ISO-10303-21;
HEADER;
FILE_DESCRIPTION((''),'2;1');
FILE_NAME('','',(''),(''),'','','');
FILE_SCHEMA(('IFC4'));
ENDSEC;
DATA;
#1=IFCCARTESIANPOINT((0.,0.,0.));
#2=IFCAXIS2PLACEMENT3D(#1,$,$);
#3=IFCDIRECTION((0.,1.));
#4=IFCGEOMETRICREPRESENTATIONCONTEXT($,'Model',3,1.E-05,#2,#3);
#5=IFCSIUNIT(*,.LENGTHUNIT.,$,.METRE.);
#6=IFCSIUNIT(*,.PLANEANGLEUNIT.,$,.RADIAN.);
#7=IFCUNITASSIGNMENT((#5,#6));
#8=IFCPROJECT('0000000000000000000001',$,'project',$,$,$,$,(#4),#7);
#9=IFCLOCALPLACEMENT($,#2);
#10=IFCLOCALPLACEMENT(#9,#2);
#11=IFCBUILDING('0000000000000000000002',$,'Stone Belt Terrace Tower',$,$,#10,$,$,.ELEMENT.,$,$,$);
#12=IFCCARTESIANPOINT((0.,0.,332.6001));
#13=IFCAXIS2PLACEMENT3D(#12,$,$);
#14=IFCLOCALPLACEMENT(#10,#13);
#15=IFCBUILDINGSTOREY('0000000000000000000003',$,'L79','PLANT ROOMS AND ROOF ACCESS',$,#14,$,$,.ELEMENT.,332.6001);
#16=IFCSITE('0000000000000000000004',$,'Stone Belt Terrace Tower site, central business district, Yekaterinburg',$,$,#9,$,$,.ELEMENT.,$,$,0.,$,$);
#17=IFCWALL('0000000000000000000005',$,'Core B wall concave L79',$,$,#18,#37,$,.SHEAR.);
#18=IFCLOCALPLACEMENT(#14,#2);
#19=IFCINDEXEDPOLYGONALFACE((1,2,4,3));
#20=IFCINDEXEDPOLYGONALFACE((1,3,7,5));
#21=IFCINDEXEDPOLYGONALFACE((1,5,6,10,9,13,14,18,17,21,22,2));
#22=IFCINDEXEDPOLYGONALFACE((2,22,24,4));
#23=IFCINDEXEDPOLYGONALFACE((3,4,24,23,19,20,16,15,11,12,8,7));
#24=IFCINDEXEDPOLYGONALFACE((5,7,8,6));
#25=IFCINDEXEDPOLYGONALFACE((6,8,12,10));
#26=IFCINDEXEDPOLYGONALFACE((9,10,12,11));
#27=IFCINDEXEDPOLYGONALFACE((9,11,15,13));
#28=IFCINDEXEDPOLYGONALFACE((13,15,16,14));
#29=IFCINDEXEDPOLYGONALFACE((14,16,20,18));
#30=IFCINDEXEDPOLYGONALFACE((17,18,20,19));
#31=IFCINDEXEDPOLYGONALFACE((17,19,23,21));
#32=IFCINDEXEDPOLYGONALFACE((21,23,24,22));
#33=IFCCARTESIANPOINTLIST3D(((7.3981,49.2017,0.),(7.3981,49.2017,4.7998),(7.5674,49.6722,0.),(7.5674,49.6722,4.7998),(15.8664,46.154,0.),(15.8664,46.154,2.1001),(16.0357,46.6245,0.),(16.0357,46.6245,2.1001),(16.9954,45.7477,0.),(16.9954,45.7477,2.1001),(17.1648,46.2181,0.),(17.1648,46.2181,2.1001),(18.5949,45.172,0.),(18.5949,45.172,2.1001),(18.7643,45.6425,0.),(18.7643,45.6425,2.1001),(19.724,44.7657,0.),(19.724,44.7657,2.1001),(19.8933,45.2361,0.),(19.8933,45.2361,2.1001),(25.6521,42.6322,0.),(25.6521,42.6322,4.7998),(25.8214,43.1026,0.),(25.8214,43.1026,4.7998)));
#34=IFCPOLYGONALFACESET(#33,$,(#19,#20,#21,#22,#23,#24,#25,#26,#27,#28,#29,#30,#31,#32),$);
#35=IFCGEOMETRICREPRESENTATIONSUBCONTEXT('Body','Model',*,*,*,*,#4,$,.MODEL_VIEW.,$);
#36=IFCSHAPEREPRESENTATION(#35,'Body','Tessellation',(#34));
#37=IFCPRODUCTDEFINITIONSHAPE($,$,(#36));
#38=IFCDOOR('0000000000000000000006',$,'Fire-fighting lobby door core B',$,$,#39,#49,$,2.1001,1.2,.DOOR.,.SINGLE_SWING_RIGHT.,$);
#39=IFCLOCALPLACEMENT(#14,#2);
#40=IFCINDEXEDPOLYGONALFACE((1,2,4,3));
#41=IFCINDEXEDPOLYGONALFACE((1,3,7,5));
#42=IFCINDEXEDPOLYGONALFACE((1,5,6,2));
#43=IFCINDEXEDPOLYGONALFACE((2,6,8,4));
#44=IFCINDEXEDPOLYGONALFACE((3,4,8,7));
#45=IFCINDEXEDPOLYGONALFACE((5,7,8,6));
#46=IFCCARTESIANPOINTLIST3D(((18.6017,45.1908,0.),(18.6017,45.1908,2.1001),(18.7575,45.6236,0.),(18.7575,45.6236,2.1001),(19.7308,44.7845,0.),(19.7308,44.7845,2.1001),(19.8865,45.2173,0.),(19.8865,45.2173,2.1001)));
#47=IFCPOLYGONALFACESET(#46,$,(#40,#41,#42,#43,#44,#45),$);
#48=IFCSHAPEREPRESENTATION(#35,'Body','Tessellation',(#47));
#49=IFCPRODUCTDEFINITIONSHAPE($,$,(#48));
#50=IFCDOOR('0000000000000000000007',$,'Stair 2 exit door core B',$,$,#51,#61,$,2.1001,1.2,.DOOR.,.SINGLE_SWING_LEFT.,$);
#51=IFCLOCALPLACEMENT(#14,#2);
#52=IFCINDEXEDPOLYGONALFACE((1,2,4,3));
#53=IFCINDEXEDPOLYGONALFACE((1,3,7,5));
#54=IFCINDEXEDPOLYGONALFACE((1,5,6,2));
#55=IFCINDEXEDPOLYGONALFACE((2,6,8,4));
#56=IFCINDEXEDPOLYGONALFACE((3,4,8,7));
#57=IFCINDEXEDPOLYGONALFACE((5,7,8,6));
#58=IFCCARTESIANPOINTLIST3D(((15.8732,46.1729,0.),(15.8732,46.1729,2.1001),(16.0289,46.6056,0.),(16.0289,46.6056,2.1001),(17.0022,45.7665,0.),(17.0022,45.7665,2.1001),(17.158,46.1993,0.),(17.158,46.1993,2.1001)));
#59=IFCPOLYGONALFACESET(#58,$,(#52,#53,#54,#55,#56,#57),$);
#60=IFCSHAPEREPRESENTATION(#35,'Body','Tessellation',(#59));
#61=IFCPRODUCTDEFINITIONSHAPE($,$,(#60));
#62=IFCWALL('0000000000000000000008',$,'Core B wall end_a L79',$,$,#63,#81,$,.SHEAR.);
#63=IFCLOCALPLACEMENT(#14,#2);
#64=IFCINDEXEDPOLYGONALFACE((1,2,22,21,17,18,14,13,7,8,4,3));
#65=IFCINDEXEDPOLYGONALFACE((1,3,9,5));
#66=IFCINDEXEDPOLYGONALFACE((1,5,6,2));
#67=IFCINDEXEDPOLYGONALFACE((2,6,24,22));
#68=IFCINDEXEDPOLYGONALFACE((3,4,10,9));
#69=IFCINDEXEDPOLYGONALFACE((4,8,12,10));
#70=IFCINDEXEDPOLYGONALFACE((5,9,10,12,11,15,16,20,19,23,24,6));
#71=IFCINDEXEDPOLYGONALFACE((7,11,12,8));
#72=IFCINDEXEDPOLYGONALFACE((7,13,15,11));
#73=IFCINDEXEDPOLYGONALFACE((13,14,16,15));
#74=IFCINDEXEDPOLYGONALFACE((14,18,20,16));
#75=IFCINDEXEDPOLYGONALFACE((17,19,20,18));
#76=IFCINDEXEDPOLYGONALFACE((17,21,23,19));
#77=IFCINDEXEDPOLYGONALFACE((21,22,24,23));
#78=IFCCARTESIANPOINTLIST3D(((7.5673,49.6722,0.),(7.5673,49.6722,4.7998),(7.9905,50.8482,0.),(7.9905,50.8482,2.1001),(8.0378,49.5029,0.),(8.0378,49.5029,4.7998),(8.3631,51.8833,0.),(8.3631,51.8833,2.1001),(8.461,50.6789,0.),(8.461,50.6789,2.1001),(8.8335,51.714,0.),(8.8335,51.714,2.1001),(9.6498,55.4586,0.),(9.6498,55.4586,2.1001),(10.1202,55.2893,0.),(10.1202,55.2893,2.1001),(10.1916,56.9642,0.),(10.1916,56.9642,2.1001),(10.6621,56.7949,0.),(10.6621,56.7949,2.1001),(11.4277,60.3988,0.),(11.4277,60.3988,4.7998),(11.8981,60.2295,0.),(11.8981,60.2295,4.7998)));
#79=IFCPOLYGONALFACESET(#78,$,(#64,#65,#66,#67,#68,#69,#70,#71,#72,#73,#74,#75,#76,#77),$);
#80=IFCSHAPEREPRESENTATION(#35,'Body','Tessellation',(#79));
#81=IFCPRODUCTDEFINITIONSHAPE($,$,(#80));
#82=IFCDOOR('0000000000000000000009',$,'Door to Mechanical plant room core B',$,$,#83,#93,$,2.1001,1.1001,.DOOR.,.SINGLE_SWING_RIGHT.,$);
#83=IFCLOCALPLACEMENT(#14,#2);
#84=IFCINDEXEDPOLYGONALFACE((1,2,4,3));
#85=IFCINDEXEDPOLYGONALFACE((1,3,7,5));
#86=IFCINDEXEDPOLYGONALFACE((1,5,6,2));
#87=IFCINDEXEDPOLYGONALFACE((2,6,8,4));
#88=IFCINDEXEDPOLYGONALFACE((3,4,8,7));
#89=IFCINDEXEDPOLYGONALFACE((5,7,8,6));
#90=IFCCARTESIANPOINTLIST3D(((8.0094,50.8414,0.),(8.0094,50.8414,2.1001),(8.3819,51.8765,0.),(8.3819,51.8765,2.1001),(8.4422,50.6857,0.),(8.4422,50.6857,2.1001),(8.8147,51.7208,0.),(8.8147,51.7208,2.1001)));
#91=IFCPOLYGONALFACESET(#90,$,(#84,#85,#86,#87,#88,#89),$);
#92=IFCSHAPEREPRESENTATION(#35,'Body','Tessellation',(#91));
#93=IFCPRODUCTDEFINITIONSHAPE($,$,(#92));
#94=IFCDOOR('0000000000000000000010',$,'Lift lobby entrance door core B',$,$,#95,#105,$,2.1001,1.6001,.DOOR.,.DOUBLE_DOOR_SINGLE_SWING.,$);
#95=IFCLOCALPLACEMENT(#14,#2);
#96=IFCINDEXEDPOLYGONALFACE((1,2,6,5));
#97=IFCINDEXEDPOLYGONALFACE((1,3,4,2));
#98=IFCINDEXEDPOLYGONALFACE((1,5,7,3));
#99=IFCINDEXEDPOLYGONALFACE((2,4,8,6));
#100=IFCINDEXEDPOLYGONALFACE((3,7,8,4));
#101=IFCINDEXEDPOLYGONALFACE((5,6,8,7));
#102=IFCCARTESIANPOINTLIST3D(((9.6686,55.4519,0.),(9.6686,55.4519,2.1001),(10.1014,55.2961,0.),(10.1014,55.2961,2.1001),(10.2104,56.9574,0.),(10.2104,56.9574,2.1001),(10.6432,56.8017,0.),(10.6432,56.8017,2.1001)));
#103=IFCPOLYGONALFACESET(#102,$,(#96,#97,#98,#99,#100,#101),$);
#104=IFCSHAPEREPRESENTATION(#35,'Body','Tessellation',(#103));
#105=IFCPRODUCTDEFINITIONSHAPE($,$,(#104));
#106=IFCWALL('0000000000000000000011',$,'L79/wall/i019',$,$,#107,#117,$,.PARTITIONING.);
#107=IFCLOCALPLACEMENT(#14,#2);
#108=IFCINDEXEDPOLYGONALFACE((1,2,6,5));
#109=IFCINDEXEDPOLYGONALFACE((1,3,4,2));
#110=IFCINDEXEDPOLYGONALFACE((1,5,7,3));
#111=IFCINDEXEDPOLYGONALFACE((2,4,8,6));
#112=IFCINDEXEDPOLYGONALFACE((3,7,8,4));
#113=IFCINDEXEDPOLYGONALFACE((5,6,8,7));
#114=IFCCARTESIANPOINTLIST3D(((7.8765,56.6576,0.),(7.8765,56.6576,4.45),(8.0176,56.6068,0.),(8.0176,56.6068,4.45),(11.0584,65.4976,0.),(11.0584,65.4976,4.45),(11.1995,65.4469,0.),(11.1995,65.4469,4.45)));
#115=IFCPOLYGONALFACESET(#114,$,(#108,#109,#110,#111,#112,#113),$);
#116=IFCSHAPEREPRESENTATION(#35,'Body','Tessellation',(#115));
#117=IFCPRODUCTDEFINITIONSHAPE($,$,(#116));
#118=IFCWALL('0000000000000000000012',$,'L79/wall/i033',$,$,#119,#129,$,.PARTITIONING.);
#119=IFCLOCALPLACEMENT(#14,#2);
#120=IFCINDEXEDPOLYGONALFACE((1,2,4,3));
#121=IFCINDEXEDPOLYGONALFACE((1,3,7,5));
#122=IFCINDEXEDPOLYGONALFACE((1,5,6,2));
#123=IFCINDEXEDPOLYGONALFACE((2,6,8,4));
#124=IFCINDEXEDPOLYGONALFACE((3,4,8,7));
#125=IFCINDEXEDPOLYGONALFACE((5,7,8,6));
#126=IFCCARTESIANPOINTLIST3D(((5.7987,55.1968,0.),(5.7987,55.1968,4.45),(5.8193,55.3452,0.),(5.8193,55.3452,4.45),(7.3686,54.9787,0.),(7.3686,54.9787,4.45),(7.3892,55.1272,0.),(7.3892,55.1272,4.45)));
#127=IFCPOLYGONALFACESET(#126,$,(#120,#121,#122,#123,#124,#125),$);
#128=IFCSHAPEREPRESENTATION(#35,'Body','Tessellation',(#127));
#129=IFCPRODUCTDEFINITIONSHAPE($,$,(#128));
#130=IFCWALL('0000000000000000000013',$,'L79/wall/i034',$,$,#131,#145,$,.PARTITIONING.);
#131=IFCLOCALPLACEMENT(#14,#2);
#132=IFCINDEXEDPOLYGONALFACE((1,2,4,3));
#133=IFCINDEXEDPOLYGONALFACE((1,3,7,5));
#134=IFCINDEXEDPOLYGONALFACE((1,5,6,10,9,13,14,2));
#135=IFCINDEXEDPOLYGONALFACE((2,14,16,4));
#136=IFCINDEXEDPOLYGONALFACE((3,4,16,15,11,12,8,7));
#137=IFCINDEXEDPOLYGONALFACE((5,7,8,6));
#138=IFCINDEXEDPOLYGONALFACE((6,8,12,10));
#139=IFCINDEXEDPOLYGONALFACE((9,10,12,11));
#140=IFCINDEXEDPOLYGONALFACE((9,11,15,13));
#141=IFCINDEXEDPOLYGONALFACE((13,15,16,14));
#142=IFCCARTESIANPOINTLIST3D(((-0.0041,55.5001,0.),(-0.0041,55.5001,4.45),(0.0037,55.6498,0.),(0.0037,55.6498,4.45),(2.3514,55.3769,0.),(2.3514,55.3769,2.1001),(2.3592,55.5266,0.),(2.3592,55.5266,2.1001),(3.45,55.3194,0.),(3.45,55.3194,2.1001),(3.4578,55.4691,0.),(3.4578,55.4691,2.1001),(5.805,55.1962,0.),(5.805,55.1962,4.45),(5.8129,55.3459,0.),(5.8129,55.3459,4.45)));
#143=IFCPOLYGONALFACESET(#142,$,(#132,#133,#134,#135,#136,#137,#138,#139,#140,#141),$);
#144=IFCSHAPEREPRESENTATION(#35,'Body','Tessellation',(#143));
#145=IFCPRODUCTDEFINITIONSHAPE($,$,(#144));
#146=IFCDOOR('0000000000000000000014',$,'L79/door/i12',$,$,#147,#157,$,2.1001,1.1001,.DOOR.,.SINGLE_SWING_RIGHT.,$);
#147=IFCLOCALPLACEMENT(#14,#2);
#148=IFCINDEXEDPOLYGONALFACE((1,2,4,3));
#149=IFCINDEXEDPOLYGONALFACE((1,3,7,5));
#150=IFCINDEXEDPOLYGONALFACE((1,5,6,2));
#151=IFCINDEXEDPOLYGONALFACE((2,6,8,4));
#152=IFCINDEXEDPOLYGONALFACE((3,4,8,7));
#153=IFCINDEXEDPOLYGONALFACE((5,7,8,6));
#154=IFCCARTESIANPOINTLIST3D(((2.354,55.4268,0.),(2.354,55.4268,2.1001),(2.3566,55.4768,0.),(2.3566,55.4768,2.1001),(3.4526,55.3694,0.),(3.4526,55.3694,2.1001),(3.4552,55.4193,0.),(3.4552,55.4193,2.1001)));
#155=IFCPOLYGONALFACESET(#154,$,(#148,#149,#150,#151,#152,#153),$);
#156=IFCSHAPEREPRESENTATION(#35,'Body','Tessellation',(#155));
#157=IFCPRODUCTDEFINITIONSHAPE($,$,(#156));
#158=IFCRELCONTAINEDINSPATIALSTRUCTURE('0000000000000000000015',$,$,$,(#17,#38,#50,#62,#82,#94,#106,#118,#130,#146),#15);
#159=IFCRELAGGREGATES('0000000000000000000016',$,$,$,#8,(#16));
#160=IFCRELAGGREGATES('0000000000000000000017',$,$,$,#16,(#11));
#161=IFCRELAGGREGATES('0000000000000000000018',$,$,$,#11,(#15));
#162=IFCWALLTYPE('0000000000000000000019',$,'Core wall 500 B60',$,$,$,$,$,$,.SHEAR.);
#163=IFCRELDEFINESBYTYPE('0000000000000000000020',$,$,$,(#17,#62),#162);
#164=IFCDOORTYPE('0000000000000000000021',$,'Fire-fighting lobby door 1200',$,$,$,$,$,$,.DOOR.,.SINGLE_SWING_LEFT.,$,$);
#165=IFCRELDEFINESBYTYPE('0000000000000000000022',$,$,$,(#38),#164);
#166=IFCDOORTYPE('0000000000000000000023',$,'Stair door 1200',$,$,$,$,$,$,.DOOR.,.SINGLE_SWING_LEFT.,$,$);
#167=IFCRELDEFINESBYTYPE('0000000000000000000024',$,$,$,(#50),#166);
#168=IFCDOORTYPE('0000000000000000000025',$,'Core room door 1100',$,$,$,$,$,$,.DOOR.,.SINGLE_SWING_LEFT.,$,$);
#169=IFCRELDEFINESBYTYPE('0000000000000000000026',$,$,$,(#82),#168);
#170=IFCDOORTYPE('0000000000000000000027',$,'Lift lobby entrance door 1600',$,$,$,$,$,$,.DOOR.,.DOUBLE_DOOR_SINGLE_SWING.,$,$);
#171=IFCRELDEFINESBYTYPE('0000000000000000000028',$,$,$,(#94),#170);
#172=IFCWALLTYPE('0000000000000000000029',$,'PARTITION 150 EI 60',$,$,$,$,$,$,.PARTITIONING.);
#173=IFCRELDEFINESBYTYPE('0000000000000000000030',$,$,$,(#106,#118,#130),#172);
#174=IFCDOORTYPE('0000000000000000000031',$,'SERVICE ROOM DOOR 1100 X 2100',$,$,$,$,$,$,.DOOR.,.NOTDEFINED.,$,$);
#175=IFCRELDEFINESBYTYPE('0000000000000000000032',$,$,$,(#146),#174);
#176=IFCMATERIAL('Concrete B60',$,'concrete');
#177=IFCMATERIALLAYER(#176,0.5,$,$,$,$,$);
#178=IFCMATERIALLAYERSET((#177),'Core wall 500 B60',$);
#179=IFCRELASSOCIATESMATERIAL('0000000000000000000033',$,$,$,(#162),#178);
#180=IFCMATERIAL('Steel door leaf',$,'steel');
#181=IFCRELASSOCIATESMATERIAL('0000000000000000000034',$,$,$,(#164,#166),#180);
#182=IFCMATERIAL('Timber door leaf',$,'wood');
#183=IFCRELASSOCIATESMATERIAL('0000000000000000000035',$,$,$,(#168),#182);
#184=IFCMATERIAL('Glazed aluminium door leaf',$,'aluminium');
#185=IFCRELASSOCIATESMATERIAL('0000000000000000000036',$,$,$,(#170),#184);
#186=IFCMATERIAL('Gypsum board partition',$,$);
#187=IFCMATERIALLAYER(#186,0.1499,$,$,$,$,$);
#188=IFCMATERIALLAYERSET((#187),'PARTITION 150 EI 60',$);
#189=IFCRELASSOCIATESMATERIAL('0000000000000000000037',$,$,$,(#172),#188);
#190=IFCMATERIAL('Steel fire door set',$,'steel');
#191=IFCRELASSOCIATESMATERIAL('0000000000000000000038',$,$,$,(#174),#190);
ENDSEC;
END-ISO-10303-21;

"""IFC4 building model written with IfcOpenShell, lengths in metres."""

from ifc_helpers import new_model, si_unit, direction, frame, frame_2d, origin, place, context, subcontext, project, spatial, rectangle, extrude, material, layer, layer_set, type_object, element, fill, save


model = new_model("IFC4")

# Units and contexts
model_context = context("Model", 3, precision=1e-05, world=origin(), true_north=direction((0.0, 1.0)))
body_context = subcontext(model_context, "Body", "Model", "MODEL_VIEW")
ifc_project = project(units=[si_unit("LENGTHUNIT", "METRE"), si_unit("PLANEANGLEUNIT", "RADIAN")], contexts=[model_context])

# Site, building, storey
site_placement = place(None, origin())
site = spatial("IfcSite", under=ifc_project, at=site_placement, Name="Stone Belt Terrace Tower site, central business district, Yekaterinburg", CompositionType="ELEMENT", RefElevation=0.0)
building_placement = place(site_placement, origin())
building = spatial("IfcBuilding", under=site, at=building_placement, Name="Stone Belt Terrace Tower", CompositionType="ELEMENT")
storey_placement = place(building_placement, frame((0.0, 0.0, 332.6001)))
storey = spatial("IfcBuildingStorey", under=building, at=storey_placement, Name="L79", Description="PLANT ROOMS AND ROOF ACCESS", CompositionType="ELEMENT", Elevation=332.6001)

# Shared definitions
ifc_material_1 = material(Name="Concrete B60", Category="concrete")

# Walls, openings, doors
ifc_layer_1 = layer(ifc_material_1, 0.5)
ifc_layer_set_1 = layer_set([ifc_layer_1], Name="Core wall 500 B60")
wall_type_1 = type_object("IfcWallType", Name="Core wall 500 B60", PredefinedType="SHEAR", material=ifc_layer_set_1)
wall_1_placement = place(storey_placement, frame((7.4827, 49.437, 0.0), z_axis=(0.0, 0.0, 1.0), x_axis=(0.940917, -0.338636, 0.0)))
wall_1 = element("IfcWall", 1, at=wall_1_placement, inside=storey, type_object=wall_type_1, Name="Core B wall concave L79", PredefinedType="SHEAR", context=body_context, shape_type="SweptSolid", body=[
    extrude(rectangle(XDim=19.4001, YDim=0.5, at=frame_2d((9.7002, 0.0))), origin(), (0.0, 0.0, 1.0), 4.7998),
])
opening_1_placement = place(wall_1_placement, frame((11.8999, 0.0, 0.0)))
opening_1 = element("IfcOpeningElement", 2, at=opening_1_placement, cuts=wall_1, PredefinedType="OPENING", context=body_context, shape_type="SweptSolid", body=[
    extrude(rectangle(XDim=1.2, YDim=2.1001, at=frame_2d((0.6001, 1.05))), frame((0.0, 0.26, 0.0), z_axis=(0.0, -1.0, 0.0), x_axis=(1.0, 0.0, 0.0)), (0.0, 0.0, 1.0), 0.52),
])
opening_2_placement = place(wall_1_placement, frame((9.0, 0.0, 0.0)))
opening_2 = element("IfcOpeningElement", 3, at=opening_2_placement, cuts=wall_1, PredefinedType="OPENING", context=body_context, shape_type="SweptSolid", body=[
    extrude(rectangle(XDim=1.2, YDim=2.1001, at=frame_2d((0.6001, 1.05))), frame((0.0, 0.26, 0.0), z_axis=(0.0, -1.0, 0.0), x_axis=(1.0, 0.0, 0.0)), (0.0, 0.0, 1.0), 0.52),
])
ifc_material_2 = material(Name="Steel door leaf", Category="steel")
door_type_1 = type_object("IfcDoorType", Name="Fire-fighting lobby door 1200", OperationType="SINGLE_SWING_LEFT", PredefinedType="DOOR", material=ifc_material_2)
door_1_placement = place(opening_1_placement, origin())
door_1 = element("IfcDoor", 4, at=door_1_placement, inside=storey, type_object=door_type_1, Name="Fire-fighting lobby door core B", OperationType="SINGLE_SWING_RIGHT", OverallHeight=2.1001, OverallWidth=1.2, PredefinedType="DOOR", context=body_context, shape_type="SweptSolid", body=[
    extrude(rectangle(XDim=1.2, YDim=2.1001, at=frame_2d((0.6001, 1.05))), frame((0.0, 0.23, 0.0), z_axis=(0.0, -1.0, 0.0), x_axis=(1.0, 0.0, 0.0)), (0.0, 0.0, 1.0), 0.46),
])
fill(opening_1, door_1)
door_type_2 = type_object("IfcDoorType", Name="Stair door 1200", OperationType="SINGLE_SWING_LEFT", PredefinedType="DOOR", material=ifc_material_2)
door_2_placement = place(opening_2_placement, origin())
door_2 = element("IfcDoor", 5, at=door_2_placement, inside=storey, type_object=door_type_2, Name="Stair 2 exit door core B", OperationType="SINGLE_SWING_LEFT", OverallHeight=2.1001, OverallWidth=1.2, PredefinedType="DOOR", context=body_context, shape_type="SweptSolid", body=[
    extrude(rectangle(XDim=1.2, YDim=2.1001, at=frame_2d((0.6001, 1.05))), frame((0.0, 0.23, 0.0), z_axis=(0.0, -1.0, 0.0), x_axis=(1.0, 0.0, 0.0)), (0.0, 0.0, 1.0), 0.46),
])
fill(opening_2, door_2)
wall_2_placement = place(storey_placement, frame((7.8025, 49.5874, 0.0), z_axis=(0.0, 0.0, 1.0), x_axis=(0.338625, 0.940921, 0.0)))
wall_2 = element("IfcWall", 6, at=wall_2_placement, inside=storey, type_object=wall_type_1, Name="Core B wall end_a L79", PredefinedType="SHEAR", context=body_context, shape_type="SweptSolid", body=[
    extrude(rectangle(XDim=11.4001, YDim=0.5, at=frame_2d((5.7002, 0.0))), origin(), (0.0, 0.0, 1.0), 4.7998),
])
opening_3_placement = place(wall_2_placement, frame((6.1499, 0.0, 0.0)))
opening_3 = element("IfcOpeningElement", 7, at=opening_3_placement, cuts=wall_2, PredefinedType="OPENING", context=body_context, shape_type="SweptSolid", body=[
    extrude(rectangle(XDim=1.6001, YDim=2.1001, at=frame_2d((0.8, 1.05))), frame((0.0, 0.26, 0.0), z_axis=(0.0, -1.0, 0.0), x_axis=(1.0, 0.0, 0.0)), (0.0, 0.0, 1.0), 0.52),
])
opening_4_placement = place(wall_2_placement, frame((1.25, 0.0, 0.0)))
opening_4 = element("IfcOpeningElement", 8, at=opening_4_placement, cuts=wall_2, PredefinedType="OPENING", context=body_context, shape_type="SweptSolid", body=[
    extrude(rectangle(XDim=1.1001, YDim=2.1001, at=frame_2d((0.55, 1.05))), frame((0.0, 0.26, 0.0), z_axis=(0.0, -1.0, 0.0), x_axis=(1.0, 0.0, 0.0)), (0.0, 0.0, 1.0), 0.52),
])
ifc_material_3 = material(Name="Timber door leaf", Category="wood")
door_type_3 = type_object("IfcDoorType", Name="Core room door 1100", OperationType="SINGLE_SWING_LEFT", PredefinedType="DOOR", material=ifc_material_3)
door_3_placement = place(opening_4_placement, origin())
door_3 = element("IfcDoor", 9, at=door_3_placement, inside=storey, type_object=door_type_3, Name="Door to Mechanical plant room core B", OperationType="SINGLE_SWING_RIGHT", OverallHeight=2.1001, OverallWidth=1.1001, PredefinedType="DOOR", context=body_context, shape_type="SweptSolid", body=[
    extrude(rectangle(XDim=1.1001, YDim=2.1001, at=frame_2d((0.55, 1.05))), frame((0.0, 0.23, 0.0), z_axis=(0.0, -1.0, 0.0), x_axis=(1.0, 0.0, 0.0)), (0.0, 0.0, 1.0), 0.46),
])
fill(opening_4, door_3)
ifc_material_4 = material(Name="Glazed aluminium door leaf", Category="aluminium")
door_type_4 = type_object("IfcDoorType", Name="Lift lobby entrance door 1600", OperationType="DOUBLE_DOOR_SINGLE_SWING", PredefinedType="DOOR", material=ifc_material_4)
door_4_placement = place(opening_3_placement, origin())
door_4 = element("IfcDoor", 10, at=door_4_placement, inside=storey, type_object=door_type_4, Name="Lift lobby entrance door core B", OperationType="DOUBLE_DOOR_SINGLE_SWING", OverallHeight=2.1001, OverallWidth=1.6001, PredefinedType="DOOR", context=body_context, shape_type="SweptSolid", body=[
    extrude(rectangle(XDim=1.6001, YDim=2.1001, at=frame_2d((0.8, 1.05))), frame((0.0, 0.23, 0.0), z_axis=(0.0, -1.0, 0.0), x_axis=(1.0, 0.0, 0.0)), (0.0, 0.0, 1.0), 0.46),
])
fill(opening_3, door_4)

# Walls
ifc_material_5 = material(Name="Gypsum board partition")
ifc_layer_2 = layer(ifc_material_5, 0.1499)
ifc_layer_set_2 = layer_set([ifc_layer_2], Name="PARTITION 150 EI 60")
wall_type_2 = type_object("IfcWallType", Name="PARTITION 150 EI 60", PredefinedType="PARTITIONING", material=ifc_layer_set_2)
wall_3_placement = place(storey_placement, frame((7.947, 56.6321, 0.0), z_axis=(0.0, 0.0, 1.0), x_axis=(0.338668, 0.940906, 0.0)))
element("IfcWall", 11, at=wall_3_placement, inside=storey, type_object=wall_type_2, Name="L79/wall/i019", PredefinedType="PARTITIONING", context=body_context, shape_type="SweptSolid", body=[
    extrude(rectangle(XDim=9.3953, YDim=0.1499, at=frame_2d((4.6978, 0.0))), origin(), (0.0, 0.0, 1.0), 4.45),
])
wall_4_placement = place(storey_placement, frame((7.3789, 55.053, 0.0), z_axis=(0.0, 0.0, 1.0), x_axis=(-0.990493, 0.13756, 0.0)))
element("IfcWall", 12, at=wall_4_placement, inside=storey, type_object=wall_type_2, Name="L79/wall/i033", PredefinedType="PARTITIONING", context=body_context, shape_type="SweptSolid", body=[
    extrude(rectangle(XDim=1.585, YDim=0.1499, at=frame_2d((0.7925, 0.0))), origin(), (0.0, 0.0, 1.0), 4.45),
])

# Wall, opening, door
wall_5_placement = place(storey_placement, frame((5.8091, 55.271, 0.0), z_axis=(0.0, 0.0, 1.0), x_axis=(-0.998634, 0.052253, 0.0)))
wall_5 = element("IfcWall", 13, at=wall_5_placement, inside=storey, type_object=wall_type_2, Name="L79/wall/i034", PredefinedType="PARTITIONING", context=body_context, shape_type="SweptSolid", body=[
    extrude(rectangle(XDim=5.8171, YDim=0.1499, at=frame_2d((2.9087, 0.0))), origin(), (0.0, 0.0, 1.0), 4.45),
])
opening_5_placement = place(wall_5_placement, frame((2.3584, 0.0, 0.0)))
opening_5 = element("IfcOpeningElement", 14, at=opening_5_placement, cuts=wall_5, PredefinedType="OPENING", context=body_context, shape_type="SweptSolid", body=[
    extrude(rectangle(XDim=1.1001, YDim=2.1001, at=frame_2d((0.55, 1.05))), frame((0.0, 0.085, 0.0), z_axis=(0.0, -1.0, 0.0), x_axis=(1.0, 0.0, 0.0)), (0.0, 0.0, 1.0), 0.1699),
])
ifc_material_6 = material(Name="Steel fire door set", Category="steel")
door_type_5 = type_object("IfcDoorType", Name="SERVICE ROOM DOOR 1100 X 2100", OperationType="NOTDEFINED", PredefinedType="DOOR", material=ifc_material_6)
door_5_placement = place(opening_5_placement, origin())
door_5 = element("IfcDoor", 15, at=door_5_placement, inside=storey, type_object=door_type_5, Name="L79/door/i12", OperationType="SINGLE_SWING_RIGHT", OverallHeight=2.1001, OverallWidth=1.1001, PredefinedType="DOOR", context=body_context, shape_type="SweptSolid", body=[
    extrude(rectangle(XDim=1.1001, YDim=2.1001, at=frame_2d((0.55, 1.05))), frame((0.0, 0.0249, 0.0), z_axis=(0.0, -1.0, 0.0), x_axis=(1.0, 0.0, 0.0)), (0.0, 0.0, 1.0), 0.05),
])
fill(opening_5, door_5)

save(model, "model.ifc")
